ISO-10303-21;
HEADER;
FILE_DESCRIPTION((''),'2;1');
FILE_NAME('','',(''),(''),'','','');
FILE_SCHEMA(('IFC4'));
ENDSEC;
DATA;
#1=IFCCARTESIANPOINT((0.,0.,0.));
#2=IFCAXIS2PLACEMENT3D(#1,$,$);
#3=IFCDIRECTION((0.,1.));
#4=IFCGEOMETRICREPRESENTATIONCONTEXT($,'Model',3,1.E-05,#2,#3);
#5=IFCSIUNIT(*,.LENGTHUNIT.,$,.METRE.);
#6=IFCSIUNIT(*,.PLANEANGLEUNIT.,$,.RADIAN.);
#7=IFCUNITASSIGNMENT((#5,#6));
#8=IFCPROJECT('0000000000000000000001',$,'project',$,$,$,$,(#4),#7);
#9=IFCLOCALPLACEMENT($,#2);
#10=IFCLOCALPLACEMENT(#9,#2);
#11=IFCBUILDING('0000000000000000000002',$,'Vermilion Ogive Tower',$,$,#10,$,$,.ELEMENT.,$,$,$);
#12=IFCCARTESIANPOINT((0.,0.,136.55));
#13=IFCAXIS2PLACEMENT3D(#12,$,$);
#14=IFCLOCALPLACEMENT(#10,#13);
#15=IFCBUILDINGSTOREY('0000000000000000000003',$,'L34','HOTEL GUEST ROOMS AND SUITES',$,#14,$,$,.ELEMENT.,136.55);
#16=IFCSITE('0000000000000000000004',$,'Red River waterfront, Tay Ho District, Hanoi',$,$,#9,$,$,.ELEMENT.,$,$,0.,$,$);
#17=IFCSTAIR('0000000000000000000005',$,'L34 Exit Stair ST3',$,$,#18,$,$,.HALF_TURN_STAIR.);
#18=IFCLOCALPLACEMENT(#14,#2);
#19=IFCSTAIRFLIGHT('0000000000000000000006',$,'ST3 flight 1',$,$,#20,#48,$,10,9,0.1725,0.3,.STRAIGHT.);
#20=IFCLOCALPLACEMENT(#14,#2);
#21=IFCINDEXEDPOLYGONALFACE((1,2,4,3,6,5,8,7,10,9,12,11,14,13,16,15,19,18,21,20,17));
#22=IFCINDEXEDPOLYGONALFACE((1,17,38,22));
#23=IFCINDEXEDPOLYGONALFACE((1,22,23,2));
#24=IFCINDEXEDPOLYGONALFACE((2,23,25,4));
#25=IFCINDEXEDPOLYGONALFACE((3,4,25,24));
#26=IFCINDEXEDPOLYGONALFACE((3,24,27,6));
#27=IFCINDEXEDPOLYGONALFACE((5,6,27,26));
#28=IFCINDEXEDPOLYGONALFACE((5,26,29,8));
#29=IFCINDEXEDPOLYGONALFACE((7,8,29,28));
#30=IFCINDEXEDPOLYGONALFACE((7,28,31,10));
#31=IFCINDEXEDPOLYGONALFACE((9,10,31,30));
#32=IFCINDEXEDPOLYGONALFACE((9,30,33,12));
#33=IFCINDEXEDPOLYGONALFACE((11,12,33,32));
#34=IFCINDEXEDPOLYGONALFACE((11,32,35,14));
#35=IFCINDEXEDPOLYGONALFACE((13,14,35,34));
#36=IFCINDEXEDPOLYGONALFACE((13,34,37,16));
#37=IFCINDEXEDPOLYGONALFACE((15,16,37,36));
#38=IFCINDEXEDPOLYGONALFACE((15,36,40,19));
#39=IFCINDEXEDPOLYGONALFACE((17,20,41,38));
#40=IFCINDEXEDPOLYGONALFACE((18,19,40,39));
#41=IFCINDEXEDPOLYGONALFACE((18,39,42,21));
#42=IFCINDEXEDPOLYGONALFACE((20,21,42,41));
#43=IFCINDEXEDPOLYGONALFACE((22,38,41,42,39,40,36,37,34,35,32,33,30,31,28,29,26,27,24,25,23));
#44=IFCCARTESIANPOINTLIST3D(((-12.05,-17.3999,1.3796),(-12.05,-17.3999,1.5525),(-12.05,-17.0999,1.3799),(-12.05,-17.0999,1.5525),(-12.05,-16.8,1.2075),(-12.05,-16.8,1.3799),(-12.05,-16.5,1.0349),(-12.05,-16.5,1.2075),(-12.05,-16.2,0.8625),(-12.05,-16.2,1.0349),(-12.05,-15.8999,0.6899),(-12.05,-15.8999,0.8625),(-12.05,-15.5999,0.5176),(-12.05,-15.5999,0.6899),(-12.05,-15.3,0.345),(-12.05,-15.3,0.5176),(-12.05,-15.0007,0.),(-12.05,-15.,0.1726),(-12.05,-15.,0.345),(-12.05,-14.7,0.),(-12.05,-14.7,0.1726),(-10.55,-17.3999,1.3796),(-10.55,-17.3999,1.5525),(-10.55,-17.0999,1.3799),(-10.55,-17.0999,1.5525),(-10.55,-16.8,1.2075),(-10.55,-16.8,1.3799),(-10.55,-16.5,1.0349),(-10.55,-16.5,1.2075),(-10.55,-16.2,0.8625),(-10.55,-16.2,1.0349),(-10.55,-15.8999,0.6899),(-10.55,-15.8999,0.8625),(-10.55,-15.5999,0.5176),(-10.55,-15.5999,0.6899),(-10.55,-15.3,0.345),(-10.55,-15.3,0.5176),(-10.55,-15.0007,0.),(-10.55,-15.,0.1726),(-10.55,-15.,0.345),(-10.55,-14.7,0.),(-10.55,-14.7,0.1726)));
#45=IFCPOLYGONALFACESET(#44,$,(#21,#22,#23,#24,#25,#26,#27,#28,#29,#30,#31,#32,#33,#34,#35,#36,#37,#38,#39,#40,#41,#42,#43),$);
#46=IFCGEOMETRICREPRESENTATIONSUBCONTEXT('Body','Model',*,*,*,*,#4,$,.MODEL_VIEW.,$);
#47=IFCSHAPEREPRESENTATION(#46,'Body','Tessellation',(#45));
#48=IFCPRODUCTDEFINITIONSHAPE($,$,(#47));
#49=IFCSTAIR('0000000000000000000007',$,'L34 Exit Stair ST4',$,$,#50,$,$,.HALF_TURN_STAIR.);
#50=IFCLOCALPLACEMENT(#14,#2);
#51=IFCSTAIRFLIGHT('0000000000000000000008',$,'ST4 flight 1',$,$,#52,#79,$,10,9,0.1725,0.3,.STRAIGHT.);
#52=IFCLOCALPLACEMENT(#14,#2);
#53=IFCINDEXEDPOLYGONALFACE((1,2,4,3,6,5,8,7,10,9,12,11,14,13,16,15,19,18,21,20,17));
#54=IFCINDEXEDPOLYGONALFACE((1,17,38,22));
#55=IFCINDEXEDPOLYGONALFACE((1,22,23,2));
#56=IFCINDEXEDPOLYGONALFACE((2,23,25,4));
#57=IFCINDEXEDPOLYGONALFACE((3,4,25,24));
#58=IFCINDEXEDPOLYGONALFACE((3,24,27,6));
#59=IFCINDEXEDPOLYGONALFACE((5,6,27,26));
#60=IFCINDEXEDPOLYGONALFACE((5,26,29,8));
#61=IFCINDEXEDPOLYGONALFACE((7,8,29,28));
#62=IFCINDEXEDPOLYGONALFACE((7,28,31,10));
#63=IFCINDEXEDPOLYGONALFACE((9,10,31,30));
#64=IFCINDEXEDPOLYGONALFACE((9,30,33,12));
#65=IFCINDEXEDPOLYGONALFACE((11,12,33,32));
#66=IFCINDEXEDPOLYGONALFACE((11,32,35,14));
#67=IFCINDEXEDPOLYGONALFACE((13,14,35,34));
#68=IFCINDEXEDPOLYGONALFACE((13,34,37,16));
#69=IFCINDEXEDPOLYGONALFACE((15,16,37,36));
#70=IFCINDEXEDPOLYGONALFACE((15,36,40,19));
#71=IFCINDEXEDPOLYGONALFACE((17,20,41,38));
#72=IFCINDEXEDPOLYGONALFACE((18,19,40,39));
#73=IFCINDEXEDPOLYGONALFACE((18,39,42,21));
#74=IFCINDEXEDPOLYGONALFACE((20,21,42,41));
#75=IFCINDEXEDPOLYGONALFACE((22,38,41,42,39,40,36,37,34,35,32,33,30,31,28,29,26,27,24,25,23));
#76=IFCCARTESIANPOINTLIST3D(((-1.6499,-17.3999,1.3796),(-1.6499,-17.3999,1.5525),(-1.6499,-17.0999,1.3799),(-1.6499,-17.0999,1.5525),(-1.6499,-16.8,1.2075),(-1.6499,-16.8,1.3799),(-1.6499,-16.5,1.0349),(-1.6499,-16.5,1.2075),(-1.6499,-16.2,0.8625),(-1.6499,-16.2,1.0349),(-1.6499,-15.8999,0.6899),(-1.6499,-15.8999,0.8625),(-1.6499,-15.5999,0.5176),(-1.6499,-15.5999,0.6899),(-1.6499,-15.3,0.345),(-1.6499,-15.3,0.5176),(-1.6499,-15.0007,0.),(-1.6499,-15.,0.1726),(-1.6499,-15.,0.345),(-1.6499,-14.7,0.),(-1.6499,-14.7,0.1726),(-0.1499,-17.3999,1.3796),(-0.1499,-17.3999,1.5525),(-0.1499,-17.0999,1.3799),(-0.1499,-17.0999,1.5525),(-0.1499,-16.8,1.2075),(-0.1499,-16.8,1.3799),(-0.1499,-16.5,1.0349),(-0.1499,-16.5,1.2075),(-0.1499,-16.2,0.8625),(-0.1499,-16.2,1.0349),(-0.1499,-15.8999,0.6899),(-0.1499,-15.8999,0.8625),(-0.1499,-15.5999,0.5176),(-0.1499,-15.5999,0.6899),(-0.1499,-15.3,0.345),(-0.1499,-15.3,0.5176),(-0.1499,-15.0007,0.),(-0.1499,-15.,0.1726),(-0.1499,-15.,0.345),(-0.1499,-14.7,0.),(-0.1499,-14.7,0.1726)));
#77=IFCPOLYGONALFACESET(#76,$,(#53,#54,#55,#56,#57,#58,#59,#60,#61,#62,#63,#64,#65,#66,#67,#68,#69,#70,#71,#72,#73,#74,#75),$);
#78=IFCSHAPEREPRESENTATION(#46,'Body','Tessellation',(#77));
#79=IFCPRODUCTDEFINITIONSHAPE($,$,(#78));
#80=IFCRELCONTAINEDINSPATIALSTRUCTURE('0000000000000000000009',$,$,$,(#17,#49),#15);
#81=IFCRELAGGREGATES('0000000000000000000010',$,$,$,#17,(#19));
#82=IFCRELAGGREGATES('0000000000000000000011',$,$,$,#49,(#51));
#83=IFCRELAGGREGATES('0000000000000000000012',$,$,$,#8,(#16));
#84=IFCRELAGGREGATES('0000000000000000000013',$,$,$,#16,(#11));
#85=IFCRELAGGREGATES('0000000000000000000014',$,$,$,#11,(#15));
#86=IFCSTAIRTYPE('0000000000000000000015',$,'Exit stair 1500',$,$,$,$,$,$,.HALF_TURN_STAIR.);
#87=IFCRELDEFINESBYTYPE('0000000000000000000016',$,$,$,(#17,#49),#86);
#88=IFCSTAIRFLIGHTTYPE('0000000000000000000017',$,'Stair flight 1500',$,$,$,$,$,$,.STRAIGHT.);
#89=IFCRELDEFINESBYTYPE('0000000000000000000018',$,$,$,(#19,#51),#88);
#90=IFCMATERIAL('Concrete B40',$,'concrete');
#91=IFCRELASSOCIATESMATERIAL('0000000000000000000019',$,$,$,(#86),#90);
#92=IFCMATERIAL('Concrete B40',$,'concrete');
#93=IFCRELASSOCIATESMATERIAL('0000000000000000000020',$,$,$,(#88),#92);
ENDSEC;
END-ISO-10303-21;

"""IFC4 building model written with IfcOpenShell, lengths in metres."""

from ifc_helpers import new_model, si_unit, direction, frame, origin, place, context, subcontext, project, spatial, polyline, outline, extrude, material, type_object, element, aggregate, save


model = new_model("IFC4")

# Units and contexts
model_context = context("Model", 3, precision=1e-05, world=origin(), true_north=direction((0.0, 1.0)))
body_context = subcontext(model_context, "Body", "Model", "MODEL_VIEW")
ifc_project = project(units=[si_unit("LENGTHUNIT", "METRE"), si_unit("PLANEANGLEUNIT", "RADIAN")], contexts=[model_context])

# Site, building, storey
site_placement = place(None, origin())
site = spatial("IfcSite", under=ifc_project, at=site_placement, Name="Red River waterfront, Tay Ho District, Hanoi", CompositionType="ELEMENT", RefElevation=0.0)
building_placement = place(site_placement, origin())
building = spatial("IfcBuilding", under=site, at=building_placement, Name="Vermilion Ogive Tower", CompositionType="ELEMENT")
storey_placement = place(building_placement, frame((0.0, 0.0, 136.55)))
storey = spatial("IfcBuildingStorey", under=building, at=storey_placement, Name="L34", Description="HOTEL GUEST ROOMS AND SUITES", CompositionType="ELEMENT", Elevation=136.55)

# Stairs, stair flights
ifc_material_1 = material(Name="Concrete B40", Category="concrete")
stair_type = type_object("IfcStairType", Name="Exit stair 1500", PredefinedType="HALF_TURN_STAIR", material=ifc_material_1)
stair_1_placement = place(storey_placement, origin())
stair_1 = element("IfcStair", 1, at=stair_1_placement, inside=storey, type_object=stair_type, Name="L34 Exit Stair ST3", PredefinedType="HALF_TURN_STAIR")
ifc_material_2 = material(Name="Concrete B40", Category="concrete")
stair_flight_type = type_object("IfcStairFlightType", Name="Stair flight 1500", PredefinedType="STRAIGHT", material=ifc_material_2)
stair_flight_1_placement = place(storey_placement, frame((-11.3, -14.7, 0.0), z_axis=(0.0, 0.0, 1.0), x_axis=(0.0, -1.0, 0.0)))
stair_flight_1 = element("IfcStairFlight", 2, at=stair_flight_1_placement, type_object=stair_flight_type, Name="ST3 flight 1", NumberOfRisers=10, NumberOfTreads=9, PredefinedType="STRAIGHT", RiserHeight=0.1725, TreadLength=0.3, context=body_context, shape_type="SweptSolid", body=[
    extrude(outline(polyline([(0.0, 0.0), (0.0, 0.1726), (0.3, 0.1726), (0.3, 0.345), (0.6001, 0.345), (0.6001, 0.5176), (0.8999, 0.5176), (0.8999, 0.6899), (1.2, 0.6899), (1.2, 0.8625), (1.5, 0.8625), (1.5, 1.0349), (1.8, 1.0349), (1.8, 1.2075), (2.1001, 1.2075), (2.1001, 1.3799), (2.3999, 1.3799), (2.3999, 1.5525), (2.7, 1.5525), (2.7, 1.7251), (2.7, 1.3796), (0.3008, 0.0), (0.0, 0.0)])), frame((0.0, 0.75, 0.0), z_axis=(0.0, -1.0, 0.0), x_axis=(1.0, 0.0, 0.0)), (0.0, 0.0, 1.0), 1.5),
])
aggregate(stair_1, [stair_flight_1])
stair_2_placement = place(storey_placement, origin())
stair_2 = element("IfcStair", 3, at=stair_2_placement, inside=storey, type_object=stair_type, Name="L34 Exit Stair ST4", PredefinedType="HALF_TURN_STAIR")
stair_flight_2_placement = place(storey_placement, frame((-0.8999, -14.7, 0.0), z_axis=(0.0, 0.0, 1.0), x_axis=(0.0, -1.0, 0.0)))
stair_flight_2 = element("IfcStairFlight", 4, at=stair_flight_2_placement, type_object=stair_flight_type, Name="ST4 flight 1", NumberOfRisers=10, NumberOfTreads=9, PredefinedType="STRAIGHT", RiserHeight=0.1725, TreadLength=0.3, context=body_context, shape_type="SweptSolid", body=[
    extrude(outline(polyline([(0.0, 0.0), (0.0, 0.1726), (0.3, 0.1726), (0.3, 0.345), (0.6001, 0.345), (0.6001, 0.5176), (0.8999, 0.5176), (0.8999, 0.6899), (1.2, 0.6899), (1.2, 0.8625), (1.5, 0.8625), (1.5, 1.0349), (1.8, 1.0349), (1.8, 1.2075), (2.1001, 1.2075), (2.1001, 1.3799), (2.3999, 1.3799), (2.3999, 1.5525), (2.7, 1.5525), (2.7, 1.7251), (2.7, 1.3796), (0.3008, 0.0), (0.0, 0.0)])), frame((0.0, 0.75, 0.0), z_axis=(0.0, -1.0, 0.0), x_axis=(1.0, 0.0, 0.0)), (0.0, 0.0, 1.0), 1.5),
])
aggregate(stair_2, [stair_flight_2])

save(model, "model.ifc")
